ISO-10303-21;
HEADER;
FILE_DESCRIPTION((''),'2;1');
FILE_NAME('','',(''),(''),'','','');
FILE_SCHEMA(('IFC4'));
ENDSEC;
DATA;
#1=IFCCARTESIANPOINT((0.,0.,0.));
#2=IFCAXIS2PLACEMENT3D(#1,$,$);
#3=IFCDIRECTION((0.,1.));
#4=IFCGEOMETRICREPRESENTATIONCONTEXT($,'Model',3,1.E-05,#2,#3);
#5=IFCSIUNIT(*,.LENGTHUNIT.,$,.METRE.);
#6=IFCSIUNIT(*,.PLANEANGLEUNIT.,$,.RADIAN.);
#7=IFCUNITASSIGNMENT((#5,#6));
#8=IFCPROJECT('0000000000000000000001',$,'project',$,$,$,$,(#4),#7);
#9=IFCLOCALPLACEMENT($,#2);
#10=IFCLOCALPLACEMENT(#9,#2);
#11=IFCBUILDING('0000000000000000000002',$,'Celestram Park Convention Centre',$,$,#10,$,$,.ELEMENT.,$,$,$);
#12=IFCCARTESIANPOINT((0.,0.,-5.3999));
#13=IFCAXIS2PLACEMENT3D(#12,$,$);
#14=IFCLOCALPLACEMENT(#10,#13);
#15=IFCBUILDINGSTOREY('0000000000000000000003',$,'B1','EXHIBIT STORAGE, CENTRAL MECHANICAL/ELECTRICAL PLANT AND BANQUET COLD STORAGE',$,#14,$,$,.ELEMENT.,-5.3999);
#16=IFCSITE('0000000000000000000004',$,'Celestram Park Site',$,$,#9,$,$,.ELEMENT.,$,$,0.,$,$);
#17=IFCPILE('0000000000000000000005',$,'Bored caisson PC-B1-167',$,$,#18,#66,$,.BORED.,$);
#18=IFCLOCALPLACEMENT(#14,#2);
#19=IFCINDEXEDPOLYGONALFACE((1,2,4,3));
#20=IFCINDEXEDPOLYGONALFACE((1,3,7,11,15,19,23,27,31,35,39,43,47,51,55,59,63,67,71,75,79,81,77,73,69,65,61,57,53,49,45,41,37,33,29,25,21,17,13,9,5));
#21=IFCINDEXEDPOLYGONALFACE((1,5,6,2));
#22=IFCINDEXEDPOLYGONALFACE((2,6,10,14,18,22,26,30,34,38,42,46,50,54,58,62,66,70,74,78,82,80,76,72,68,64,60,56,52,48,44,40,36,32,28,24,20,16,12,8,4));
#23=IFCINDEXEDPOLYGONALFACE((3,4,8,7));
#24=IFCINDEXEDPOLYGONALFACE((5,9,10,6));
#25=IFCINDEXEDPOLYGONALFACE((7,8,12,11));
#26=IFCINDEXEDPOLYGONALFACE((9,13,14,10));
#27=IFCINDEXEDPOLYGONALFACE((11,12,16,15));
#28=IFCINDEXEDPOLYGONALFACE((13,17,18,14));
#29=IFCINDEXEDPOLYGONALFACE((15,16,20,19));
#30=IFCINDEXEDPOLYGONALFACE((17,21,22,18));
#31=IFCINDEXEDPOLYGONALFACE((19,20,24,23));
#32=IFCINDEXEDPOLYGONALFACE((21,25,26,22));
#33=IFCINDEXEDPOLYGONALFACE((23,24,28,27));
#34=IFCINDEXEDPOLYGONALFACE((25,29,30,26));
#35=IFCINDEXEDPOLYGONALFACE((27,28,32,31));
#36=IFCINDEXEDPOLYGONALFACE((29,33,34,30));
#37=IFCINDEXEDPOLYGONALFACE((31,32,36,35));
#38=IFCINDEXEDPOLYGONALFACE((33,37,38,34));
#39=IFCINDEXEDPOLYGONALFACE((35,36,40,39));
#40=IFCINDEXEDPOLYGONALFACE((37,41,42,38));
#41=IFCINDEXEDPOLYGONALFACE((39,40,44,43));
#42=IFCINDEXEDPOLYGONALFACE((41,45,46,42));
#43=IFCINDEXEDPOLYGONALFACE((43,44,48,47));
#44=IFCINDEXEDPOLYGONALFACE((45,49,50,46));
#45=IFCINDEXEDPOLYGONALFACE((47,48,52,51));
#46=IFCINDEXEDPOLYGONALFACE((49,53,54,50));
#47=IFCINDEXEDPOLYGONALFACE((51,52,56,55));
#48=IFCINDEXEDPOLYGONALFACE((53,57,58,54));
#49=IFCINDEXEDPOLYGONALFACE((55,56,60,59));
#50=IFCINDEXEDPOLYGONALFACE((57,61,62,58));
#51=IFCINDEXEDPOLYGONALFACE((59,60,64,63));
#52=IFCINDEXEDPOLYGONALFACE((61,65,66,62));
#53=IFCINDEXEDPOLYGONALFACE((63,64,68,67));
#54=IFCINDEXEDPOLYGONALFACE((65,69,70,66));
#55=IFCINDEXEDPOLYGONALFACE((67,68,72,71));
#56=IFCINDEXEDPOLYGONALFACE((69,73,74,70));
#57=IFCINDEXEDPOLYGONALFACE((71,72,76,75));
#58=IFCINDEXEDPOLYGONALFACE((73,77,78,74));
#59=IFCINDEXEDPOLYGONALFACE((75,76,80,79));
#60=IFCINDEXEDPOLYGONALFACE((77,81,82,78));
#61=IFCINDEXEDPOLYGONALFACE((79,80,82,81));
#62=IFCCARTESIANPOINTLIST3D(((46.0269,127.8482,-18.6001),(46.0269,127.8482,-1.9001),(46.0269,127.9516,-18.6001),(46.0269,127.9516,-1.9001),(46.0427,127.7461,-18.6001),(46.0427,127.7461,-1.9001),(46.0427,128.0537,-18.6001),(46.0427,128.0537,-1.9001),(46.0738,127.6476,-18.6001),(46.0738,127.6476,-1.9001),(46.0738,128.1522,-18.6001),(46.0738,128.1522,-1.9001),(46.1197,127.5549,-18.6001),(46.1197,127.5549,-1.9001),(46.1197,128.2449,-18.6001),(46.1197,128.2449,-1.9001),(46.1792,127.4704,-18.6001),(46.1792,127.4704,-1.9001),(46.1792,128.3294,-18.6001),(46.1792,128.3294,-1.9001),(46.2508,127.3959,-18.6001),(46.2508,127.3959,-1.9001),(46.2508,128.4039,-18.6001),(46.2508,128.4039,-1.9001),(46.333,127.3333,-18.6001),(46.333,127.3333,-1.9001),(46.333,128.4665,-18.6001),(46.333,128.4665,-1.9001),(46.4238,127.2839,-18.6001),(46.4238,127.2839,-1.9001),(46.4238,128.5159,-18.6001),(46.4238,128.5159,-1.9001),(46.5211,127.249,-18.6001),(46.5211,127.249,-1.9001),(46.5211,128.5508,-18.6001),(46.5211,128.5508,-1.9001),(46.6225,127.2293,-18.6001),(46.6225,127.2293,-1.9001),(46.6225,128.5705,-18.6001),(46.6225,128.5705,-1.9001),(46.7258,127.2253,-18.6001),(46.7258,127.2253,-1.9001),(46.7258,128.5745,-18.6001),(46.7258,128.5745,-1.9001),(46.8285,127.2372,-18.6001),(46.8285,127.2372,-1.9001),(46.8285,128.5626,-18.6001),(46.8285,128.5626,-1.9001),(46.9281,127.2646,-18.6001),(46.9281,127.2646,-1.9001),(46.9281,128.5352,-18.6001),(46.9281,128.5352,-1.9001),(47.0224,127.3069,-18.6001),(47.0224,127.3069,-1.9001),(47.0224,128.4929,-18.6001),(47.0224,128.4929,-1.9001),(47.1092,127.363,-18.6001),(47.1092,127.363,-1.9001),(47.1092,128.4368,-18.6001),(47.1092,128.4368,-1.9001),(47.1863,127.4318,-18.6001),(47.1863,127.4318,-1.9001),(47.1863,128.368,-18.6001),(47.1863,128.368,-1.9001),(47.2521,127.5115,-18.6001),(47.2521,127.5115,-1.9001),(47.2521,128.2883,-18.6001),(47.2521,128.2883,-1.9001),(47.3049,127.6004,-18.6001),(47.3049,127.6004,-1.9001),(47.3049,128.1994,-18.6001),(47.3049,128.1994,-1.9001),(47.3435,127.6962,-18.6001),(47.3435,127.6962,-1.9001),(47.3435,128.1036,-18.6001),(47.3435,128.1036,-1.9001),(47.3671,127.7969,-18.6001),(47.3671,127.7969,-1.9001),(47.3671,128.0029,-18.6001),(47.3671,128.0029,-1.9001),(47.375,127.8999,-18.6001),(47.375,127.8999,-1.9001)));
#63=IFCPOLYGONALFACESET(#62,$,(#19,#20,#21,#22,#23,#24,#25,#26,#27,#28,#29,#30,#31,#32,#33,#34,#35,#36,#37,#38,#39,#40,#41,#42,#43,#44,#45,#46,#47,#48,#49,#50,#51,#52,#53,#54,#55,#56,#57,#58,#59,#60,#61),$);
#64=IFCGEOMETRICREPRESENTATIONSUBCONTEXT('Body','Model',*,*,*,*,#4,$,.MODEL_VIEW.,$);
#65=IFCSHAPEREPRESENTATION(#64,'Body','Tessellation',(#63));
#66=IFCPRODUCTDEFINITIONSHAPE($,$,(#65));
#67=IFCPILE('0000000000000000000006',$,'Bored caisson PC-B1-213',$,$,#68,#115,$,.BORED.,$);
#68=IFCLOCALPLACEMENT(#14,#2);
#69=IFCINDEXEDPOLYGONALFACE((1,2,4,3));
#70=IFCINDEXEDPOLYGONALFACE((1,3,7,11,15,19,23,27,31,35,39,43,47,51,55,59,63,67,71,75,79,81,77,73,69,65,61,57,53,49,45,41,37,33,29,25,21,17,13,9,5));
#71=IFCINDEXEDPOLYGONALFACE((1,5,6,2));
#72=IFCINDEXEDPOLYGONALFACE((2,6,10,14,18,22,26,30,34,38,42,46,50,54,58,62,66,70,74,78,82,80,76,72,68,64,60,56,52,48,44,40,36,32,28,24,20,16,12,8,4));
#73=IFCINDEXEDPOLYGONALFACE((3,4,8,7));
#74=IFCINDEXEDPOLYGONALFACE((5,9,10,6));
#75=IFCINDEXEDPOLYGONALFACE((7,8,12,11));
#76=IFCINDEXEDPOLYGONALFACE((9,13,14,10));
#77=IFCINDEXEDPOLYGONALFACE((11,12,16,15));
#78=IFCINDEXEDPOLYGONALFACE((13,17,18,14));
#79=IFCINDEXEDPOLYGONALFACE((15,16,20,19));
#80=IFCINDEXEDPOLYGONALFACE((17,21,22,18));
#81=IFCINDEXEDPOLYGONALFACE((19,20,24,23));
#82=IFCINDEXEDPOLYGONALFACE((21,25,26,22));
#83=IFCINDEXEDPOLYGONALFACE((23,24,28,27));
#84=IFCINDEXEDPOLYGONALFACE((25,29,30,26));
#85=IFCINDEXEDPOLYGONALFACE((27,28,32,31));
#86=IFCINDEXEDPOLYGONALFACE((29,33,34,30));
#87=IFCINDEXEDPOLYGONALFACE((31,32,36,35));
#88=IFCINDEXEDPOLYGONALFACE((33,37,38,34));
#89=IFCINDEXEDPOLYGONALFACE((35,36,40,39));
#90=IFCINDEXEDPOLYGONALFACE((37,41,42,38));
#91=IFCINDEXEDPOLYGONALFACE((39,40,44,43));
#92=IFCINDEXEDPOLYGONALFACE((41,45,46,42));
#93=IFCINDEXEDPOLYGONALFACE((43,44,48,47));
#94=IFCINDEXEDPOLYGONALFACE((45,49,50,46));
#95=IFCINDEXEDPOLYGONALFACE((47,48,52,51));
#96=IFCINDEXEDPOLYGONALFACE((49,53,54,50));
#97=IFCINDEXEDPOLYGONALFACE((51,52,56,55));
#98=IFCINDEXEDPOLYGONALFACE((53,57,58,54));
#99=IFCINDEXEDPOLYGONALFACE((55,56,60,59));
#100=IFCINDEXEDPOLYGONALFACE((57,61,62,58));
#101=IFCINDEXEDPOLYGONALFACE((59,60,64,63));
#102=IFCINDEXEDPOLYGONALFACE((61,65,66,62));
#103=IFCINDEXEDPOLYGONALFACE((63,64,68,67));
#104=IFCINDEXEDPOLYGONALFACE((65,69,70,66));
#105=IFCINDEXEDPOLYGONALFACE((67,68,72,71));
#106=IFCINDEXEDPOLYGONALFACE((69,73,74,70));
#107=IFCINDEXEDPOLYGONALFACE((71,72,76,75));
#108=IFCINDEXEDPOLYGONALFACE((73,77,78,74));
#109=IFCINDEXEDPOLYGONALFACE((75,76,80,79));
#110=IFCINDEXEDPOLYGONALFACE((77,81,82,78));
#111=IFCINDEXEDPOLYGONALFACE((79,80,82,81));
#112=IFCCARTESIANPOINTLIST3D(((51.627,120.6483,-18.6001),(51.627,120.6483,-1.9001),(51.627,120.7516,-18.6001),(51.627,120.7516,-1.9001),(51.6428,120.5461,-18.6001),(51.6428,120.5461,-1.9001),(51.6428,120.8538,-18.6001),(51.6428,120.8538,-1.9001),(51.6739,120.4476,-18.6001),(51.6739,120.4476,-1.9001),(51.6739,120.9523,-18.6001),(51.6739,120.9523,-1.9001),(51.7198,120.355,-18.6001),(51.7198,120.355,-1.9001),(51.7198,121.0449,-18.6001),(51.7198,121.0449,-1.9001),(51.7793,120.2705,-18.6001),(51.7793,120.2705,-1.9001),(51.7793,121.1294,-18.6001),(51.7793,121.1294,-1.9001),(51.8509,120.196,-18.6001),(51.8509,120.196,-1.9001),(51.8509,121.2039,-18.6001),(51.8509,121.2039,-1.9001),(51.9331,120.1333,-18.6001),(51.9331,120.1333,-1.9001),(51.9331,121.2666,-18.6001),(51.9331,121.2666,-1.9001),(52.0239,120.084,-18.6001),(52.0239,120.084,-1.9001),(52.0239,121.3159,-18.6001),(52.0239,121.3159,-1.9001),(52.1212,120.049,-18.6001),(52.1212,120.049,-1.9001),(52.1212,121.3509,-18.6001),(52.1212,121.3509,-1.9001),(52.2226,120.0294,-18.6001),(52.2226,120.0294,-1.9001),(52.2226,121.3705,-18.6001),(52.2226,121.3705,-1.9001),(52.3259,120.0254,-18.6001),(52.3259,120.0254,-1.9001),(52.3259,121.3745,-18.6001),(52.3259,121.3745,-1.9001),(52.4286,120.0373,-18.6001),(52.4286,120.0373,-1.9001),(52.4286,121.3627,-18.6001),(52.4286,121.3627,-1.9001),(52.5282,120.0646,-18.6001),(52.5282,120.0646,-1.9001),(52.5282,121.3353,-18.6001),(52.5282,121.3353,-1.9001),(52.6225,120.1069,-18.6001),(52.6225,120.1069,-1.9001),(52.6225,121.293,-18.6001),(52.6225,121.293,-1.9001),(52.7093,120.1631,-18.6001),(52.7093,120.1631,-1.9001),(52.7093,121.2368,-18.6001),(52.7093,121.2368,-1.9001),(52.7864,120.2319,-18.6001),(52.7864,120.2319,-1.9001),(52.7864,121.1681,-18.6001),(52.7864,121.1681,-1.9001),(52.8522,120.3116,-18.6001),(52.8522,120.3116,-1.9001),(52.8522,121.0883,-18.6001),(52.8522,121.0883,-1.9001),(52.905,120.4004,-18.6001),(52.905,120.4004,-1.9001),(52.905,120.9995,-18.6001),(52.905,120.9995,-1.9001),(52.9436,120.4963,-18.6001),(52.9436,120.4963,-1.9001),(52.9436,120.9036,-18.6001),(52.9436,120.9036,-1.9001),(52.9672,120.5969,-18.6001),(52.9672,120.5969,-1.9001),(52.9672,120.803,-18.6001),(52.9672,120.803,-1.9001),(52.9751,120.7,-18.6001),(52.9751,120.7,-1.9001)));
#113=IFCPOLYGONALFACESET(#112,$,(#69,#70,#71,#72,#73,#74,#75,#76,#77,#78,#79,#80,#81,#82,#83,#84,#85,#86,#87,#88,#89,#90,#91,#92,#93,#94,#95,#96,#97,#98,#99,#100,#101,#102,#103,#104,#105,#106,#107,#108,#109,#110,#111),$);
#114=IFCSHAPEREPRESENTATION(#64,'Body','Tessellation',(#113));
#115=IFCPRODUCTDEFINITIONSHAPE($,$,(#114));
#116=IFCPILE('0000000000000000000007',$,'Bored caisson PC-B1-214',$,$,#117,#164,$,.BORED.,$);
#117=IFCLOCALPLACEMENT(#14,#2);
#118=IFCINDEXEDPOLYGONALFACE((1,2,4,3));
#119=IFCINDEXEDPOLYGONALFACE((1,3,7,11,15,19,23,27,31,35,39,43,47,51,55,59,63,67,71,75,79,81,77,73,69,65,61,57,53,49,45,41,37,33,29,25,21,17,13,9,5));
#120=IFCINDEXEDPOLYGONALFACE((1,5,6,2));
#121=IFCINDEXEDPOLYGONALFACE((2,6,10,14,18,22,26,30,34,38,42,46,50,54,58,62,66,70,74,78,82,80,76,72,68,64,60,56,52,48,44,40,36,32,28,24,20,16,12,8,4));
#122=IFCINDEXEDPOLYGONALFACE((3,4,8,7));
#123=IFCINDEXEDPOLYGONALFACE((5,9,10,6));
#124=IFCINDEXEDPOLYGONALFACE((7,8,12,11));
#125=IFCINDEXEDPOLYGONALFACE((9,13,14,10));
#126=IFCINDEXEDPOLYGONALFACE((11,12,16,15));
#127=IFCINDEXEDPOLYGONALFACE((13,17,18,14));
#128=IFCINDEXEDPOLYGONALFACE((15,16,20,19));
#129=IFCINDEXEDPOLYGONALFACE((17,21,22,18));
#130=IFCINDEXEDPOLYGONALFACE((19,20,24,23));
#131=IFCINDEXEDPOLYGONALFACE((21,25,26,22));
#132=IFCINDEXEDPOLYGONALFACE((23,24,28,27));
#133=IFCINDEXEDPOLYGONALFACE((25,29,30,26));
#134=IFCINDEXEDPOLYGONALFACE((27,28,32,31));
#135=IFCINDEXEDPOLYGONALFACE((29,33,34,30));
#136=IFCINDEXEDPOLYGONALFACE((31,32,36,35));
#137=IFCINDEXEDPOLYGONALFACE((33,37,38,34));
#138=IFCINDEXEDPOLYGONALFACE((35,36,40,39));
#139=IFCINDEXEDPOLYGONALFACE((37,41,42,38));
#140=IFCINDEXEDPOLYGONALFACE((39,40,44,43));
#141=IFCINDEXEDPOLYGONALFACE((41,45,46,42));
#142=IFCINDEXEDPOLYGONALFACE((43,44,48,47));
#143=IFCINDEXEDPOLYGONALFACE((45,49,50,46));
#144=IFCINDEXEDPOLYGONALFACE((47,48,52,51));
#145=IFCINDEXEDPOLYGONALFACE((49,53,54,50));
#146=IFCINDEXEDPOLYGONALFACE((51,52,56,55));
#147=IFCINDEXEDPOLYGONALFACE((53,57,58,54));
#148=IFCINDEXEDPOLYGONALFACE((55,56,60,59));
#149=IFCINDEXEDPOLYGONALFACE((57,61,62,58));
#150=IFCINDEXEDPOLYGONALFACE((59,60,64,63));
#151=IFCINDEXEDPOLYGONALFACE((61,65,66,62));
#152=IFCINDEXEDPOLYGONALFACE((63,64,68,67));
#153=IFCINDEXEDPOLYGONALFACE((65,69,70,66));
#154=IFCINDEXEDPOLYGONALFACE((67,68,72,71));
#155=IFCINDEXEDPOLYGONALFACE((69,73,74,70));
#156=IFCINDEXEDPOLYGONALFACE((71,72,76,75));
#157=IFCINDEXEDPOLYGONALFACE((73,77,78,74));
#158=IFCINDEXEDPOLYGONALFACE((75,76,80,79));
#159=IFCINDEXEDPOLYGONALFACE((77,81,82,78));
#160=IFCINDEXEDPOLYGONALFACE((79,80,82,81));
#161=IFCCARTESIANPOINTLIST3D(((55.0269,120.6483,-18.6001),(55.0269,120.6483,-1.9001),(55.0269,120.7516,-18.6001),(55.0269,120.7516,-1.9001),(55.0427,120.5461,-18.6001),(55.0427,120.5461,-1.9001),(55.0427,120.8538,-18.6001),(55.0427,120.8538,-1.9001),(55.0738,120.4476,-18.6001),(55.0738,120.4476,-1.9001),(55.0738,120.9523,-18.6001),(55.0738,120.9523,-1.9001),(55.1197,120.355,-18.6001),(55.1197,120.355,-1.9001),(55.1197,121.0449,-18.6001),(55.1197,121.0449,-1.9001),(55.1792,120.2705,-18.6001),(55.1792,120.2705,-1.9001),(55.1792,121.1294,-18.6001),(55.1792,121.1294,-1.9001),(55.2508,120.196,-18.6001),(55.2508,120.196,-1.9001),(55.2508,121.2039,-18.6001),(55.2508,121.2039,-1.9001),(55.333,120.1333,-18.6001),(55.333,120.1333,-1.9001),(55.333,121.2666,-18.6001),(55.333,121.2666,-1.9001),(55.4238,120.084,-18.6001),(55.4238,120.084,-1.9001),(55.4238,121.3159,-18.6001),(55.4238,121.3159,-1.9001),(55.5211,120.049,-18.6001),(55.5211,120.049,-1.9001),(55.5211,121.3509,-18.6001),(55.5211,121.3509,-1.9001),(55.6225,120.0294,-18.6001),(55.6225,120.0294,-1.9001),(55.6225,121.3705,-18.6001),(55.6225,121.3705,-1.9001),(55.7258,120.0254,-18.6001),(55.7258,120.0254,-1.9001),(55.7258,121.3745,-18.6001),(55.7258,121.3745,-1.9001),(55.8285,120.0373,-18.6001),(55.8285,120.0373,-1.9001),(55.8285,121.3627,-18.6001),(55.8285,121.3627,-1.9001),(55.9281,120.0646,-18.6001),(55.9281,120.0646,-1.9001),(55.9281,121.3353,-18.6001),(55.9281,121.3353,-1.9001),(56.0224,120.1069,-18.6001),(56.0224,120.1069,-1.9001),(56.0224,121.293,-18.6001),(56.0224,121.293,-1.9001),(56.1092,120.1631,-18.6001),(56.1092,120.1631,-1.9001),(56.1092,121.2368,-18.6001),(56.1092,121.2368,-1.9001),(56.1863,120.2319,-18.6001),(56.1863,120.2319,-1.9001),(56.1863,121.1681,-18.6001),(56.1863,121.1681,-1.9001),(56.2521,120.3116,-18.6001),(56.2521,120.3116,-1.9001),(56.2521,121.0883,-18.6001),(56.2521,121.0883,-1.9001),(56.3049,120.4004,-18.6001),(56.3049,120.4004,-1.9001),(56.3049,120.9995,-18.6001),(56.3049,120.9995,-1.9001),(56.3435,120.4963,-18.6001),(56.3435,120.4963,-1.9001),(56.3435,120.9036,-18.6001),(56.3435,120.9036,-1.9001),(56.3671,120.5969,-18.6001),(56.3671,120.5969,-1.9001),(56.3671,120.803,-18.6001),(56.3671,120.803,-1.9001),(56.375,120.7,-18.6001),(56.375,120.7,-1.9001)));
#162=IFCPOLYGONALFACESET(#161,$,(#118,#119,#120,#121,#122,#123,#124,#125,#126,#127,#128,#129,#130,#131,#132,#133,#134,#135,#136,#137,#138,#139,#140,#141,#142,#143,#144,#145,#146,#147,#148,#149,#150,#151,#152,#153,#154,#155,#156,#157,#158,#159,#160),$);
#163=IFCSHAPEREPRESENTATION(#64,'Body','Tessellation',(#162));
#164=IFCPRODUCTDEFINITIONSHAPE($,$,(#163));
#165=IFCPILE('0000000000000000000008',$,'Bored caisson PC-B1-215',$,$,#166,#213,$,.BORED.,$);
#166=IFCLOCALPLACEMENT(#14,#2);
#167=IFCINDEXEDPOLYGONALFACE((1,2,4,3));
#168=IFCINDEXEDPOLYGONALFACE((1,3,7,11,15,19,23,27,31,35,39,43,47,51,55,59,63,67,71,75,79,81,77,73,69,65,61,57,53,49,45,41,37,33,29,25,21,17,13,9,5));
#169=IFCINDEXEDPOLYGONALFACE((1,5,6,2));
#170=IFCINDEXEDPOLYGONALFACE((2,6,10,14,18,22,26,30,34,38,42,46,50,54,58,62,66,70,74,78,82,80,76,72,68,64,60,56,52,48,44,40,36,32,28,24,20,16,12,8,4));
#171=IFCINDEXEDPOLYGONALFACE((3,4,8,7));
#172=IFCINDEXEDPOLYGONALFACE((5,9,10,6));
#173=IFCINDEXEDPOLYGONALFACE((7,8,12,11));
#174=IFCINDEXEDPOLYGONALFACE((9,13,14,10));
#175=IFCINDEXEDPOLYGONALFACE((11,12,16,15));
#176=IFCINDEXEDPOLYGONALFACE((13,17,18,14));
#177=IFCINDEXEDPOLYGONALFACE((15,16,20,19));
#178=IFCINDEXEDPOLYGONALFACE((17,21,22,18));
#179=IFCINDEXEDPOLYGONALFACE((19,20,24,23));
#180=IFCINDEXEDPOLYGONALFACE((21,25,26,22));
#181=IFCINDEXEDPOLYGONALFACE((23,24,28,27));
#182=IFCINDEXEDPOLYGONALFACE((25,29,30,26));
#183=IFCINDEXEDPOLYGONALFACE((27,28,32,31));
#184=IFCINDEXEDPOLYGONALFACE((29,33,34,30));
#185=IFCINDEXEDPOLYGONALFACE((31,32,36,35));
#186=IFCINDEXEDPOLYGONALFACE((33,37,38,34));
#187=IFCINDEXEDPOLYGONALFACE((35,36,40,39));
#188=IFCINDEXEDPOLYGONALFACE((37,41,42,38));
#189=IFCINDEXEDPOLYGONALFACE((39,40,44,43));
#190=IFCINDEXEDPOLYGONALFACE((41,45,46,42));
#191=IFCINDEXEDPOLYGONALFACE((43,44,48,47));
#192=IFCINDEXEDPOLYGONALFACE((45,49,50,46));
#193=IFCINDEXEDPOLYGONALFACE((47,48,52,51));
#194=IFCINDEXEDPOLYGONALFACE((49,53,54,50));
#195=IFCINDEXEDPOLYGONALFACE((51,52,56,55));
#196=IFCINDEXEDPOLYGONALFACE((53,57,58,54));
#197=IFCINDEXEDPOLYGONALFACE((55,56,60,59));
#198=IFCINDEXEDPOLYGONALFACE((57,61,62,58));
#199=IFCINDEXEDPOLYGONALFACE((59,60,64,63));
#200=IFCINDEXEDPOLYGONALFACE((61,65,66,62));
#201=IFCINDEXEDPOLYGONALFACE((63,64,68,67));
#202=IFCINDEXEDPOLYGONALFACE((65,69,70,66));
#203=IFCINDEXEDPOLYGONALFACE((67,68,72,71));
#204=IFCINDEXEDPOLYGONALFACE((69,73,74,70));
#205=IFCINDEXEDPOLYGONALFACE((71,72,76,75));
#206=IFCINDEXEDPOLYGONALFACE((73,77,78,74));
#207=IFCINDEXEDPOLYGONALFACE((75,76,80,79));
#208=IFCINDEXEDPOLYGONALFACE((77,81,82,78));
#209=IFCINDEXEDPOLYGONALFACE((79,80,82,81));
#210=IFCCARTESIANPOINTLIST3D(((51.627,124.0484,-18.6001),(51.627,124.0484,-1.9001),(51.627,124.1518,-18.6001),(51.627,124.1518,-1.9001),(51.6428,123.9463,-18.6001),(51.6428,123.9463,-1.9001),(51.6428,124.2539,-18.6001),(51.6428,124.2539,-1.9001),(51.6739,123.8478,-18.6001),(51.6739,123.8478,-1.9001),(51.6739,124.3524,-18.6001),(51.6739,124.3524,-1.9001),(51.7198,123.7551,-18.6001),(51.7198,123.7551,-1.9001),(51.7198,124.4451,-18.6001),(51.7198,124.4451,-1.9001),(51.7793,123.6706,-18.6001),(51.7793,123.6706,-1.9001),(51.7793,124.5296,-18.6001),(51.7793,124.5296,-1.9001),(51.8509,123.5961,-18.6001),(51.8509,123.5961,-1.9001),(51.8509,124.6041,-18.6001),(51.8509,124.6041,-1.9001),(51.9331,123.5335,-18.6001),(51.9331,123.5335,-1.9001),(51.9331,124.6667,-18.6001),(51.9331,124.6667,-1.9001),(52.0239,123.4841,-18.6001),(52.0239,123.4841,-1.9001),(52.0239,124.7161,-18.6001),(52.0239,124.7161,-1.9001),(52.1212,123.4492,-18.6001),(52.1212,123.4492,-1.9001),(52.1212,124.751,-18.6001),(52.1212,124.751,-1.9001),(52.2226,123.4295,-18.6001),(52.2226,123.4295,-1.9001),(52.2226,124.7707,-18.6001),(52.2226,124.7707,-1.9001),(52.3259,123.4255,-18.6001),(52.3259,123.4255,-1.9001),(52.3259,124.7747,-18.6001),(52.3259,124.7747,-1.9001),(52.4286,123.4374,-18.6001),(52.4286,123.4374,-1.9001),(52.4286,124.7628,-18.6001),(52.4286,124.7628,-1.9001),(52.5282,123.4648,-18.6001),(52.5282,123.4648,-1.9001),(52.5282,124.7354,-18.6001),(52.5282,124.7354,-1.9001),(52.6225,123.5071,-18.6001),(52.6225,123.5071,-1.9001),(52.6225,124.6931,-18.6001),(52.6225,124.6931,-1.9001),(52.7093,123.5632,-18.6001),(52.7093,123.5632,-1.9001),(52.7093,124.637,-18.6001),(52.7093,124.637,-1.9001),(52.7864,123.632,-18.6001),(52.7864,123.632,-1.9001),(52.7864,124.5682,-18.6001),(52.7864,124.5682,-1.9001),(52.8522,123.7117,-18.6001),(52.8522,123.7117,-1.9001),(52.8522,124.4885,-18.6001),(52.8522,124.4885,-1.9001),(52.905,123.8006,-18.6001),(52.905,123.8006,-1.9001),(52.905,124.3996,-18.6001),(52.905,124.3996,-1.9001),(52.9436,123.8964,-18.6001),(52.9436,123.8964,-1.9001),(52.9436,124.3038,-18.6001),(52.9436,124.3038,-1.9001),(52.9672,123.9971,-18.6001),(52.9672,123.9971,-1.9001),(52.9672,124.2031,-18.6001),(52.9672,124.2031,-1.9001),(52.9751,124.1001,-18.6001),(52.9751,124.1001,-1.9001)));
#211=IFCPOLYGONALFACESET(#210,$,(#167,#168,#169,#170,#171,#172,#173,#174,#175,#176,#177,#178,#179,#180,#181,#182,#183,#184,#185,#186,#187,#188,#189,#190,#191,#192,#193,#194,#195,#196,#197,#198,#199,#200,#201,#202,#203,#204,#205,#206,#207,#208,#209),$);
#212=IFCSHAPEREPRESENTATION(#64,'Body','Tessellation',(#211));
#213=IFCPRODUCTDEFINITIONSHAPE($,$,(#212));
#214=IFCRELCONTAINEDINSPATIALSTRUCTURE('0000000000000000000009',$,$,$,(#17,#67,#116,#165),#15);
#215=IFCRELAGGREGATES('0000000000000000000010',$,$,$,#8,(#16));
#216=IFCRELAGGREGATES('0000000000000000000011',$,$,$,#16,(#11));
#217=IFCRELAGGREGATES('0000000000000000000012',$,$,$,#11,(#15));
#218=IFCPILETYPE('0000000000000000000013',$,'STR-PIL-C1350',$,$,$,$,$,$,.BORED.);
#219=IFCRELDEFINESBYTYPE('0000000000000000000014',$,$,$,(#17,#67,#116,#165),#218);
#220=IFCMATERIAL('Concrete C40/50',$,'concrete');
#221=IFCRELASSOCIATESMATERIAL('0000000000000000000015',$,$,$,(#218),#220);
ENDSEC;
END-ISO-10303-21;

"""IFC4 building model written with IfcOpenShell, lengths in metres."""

from ifc_helpers import new_model, si_unit, direction, frame, origin, origin_2d, place, context, subcontext, project, spatial, circle, extrude, material, material_profile, profile_set, type_object, element, save


model = new_model("IFC4")

# Units and contexts
model_context = context("Model", 3, precision=1e-05, world=origin(), true_north=direction((0.0, 1.0)))
body_context = subcontext(model_context, "Body", "Model", "MODEL_VIEW")
ifc_project = project(units=[si_unit("LENGTHUNIT", "METRE"), si_unit("PLANEANGLEUNIT", "RADIAN")], contexts=[model_context])

# Site, building, storey
site_placement = place(None, origin())
site = spatial("IfcSite", under=ifc_project, at=site_placement, Name="Celestram Park Site", CompositionType="ELEMENT", RefElevation=0.0)
building_placement = place(site_placement, origin())
building = spatial("IfcBuilding", under=site, at=building_placement, Name="Celestram Park Convention Centre", CompositionType="ELEMENT")
storey_placement = place(building_placement, frame((0.0, 0.0, -5.3999)))
storey = spatial("IfcBuildingStorey", under=building, at=storey_placement, Name="B1", Description="EXHIBIT STORAGE, CENTRAL MECHANICAL/ELECTRICAL PLANT AND BANQUET COLD STORAGE", CompositionType="ELEMENT", Elevation=-5.3999)

# Shared definitions
ifc_material_1 = material(Name="Concrete C40/50", Category="concrete")

# Piles
ifc_material_profile_1 = material_profile(ifc_material_1, circle(Radius=0.675, at=origin_2d()), Name="CAISSON1350")
ifc_profile_set_1 = profile_set([ifc_material_profile_1], Name="Concrete C40/50")
pile_type = type_object("IfcPileType", Name="STR-PIL-C1350", PredefinedType="BORED", material=ifc_profile_set_1)
for number, where, z_axis, x_axis, name in (
    (1, (46.7, 127.8999, -1.9001), (0.0, 0.0, -1.0), (1.0, 0.0, 0.0), "Bored caisson PC-B1-167"),
    (2, (52.3, 120.7, -1.9001), (0.0, 0.0, -1.0), (1.0, 0.0, 0.0), "Bored caisson PC-B1-213"),
    (3, (55.7, 120.7, -1.9001), (0.0, 0.0, -1.0), (1.0, 0.0, 0.0), "Bored caisson PC-B1-214"),
    (4, (52.3, 124.1001, -1.9001), (0.0, 0.0, -1.0), (1.0, 0.0, 0.0), "Bored caisson PC-B1-215"),
):
    element("IfcPile", number, at=place(storey_placement, frame(where, z_axis=z_axis, x_axis=x_axis)), inside=storey, type_object=pile_type, Name=name, PredefinedType="BORED", context=body_context, shape_type="SweptSolid", body=[
        extrude(circle(Radius=0.675, at=origin_2d()), origin(), (0.0, 0.0, 1.0), 16.7),
    ])

save(model, "model.ifc")
